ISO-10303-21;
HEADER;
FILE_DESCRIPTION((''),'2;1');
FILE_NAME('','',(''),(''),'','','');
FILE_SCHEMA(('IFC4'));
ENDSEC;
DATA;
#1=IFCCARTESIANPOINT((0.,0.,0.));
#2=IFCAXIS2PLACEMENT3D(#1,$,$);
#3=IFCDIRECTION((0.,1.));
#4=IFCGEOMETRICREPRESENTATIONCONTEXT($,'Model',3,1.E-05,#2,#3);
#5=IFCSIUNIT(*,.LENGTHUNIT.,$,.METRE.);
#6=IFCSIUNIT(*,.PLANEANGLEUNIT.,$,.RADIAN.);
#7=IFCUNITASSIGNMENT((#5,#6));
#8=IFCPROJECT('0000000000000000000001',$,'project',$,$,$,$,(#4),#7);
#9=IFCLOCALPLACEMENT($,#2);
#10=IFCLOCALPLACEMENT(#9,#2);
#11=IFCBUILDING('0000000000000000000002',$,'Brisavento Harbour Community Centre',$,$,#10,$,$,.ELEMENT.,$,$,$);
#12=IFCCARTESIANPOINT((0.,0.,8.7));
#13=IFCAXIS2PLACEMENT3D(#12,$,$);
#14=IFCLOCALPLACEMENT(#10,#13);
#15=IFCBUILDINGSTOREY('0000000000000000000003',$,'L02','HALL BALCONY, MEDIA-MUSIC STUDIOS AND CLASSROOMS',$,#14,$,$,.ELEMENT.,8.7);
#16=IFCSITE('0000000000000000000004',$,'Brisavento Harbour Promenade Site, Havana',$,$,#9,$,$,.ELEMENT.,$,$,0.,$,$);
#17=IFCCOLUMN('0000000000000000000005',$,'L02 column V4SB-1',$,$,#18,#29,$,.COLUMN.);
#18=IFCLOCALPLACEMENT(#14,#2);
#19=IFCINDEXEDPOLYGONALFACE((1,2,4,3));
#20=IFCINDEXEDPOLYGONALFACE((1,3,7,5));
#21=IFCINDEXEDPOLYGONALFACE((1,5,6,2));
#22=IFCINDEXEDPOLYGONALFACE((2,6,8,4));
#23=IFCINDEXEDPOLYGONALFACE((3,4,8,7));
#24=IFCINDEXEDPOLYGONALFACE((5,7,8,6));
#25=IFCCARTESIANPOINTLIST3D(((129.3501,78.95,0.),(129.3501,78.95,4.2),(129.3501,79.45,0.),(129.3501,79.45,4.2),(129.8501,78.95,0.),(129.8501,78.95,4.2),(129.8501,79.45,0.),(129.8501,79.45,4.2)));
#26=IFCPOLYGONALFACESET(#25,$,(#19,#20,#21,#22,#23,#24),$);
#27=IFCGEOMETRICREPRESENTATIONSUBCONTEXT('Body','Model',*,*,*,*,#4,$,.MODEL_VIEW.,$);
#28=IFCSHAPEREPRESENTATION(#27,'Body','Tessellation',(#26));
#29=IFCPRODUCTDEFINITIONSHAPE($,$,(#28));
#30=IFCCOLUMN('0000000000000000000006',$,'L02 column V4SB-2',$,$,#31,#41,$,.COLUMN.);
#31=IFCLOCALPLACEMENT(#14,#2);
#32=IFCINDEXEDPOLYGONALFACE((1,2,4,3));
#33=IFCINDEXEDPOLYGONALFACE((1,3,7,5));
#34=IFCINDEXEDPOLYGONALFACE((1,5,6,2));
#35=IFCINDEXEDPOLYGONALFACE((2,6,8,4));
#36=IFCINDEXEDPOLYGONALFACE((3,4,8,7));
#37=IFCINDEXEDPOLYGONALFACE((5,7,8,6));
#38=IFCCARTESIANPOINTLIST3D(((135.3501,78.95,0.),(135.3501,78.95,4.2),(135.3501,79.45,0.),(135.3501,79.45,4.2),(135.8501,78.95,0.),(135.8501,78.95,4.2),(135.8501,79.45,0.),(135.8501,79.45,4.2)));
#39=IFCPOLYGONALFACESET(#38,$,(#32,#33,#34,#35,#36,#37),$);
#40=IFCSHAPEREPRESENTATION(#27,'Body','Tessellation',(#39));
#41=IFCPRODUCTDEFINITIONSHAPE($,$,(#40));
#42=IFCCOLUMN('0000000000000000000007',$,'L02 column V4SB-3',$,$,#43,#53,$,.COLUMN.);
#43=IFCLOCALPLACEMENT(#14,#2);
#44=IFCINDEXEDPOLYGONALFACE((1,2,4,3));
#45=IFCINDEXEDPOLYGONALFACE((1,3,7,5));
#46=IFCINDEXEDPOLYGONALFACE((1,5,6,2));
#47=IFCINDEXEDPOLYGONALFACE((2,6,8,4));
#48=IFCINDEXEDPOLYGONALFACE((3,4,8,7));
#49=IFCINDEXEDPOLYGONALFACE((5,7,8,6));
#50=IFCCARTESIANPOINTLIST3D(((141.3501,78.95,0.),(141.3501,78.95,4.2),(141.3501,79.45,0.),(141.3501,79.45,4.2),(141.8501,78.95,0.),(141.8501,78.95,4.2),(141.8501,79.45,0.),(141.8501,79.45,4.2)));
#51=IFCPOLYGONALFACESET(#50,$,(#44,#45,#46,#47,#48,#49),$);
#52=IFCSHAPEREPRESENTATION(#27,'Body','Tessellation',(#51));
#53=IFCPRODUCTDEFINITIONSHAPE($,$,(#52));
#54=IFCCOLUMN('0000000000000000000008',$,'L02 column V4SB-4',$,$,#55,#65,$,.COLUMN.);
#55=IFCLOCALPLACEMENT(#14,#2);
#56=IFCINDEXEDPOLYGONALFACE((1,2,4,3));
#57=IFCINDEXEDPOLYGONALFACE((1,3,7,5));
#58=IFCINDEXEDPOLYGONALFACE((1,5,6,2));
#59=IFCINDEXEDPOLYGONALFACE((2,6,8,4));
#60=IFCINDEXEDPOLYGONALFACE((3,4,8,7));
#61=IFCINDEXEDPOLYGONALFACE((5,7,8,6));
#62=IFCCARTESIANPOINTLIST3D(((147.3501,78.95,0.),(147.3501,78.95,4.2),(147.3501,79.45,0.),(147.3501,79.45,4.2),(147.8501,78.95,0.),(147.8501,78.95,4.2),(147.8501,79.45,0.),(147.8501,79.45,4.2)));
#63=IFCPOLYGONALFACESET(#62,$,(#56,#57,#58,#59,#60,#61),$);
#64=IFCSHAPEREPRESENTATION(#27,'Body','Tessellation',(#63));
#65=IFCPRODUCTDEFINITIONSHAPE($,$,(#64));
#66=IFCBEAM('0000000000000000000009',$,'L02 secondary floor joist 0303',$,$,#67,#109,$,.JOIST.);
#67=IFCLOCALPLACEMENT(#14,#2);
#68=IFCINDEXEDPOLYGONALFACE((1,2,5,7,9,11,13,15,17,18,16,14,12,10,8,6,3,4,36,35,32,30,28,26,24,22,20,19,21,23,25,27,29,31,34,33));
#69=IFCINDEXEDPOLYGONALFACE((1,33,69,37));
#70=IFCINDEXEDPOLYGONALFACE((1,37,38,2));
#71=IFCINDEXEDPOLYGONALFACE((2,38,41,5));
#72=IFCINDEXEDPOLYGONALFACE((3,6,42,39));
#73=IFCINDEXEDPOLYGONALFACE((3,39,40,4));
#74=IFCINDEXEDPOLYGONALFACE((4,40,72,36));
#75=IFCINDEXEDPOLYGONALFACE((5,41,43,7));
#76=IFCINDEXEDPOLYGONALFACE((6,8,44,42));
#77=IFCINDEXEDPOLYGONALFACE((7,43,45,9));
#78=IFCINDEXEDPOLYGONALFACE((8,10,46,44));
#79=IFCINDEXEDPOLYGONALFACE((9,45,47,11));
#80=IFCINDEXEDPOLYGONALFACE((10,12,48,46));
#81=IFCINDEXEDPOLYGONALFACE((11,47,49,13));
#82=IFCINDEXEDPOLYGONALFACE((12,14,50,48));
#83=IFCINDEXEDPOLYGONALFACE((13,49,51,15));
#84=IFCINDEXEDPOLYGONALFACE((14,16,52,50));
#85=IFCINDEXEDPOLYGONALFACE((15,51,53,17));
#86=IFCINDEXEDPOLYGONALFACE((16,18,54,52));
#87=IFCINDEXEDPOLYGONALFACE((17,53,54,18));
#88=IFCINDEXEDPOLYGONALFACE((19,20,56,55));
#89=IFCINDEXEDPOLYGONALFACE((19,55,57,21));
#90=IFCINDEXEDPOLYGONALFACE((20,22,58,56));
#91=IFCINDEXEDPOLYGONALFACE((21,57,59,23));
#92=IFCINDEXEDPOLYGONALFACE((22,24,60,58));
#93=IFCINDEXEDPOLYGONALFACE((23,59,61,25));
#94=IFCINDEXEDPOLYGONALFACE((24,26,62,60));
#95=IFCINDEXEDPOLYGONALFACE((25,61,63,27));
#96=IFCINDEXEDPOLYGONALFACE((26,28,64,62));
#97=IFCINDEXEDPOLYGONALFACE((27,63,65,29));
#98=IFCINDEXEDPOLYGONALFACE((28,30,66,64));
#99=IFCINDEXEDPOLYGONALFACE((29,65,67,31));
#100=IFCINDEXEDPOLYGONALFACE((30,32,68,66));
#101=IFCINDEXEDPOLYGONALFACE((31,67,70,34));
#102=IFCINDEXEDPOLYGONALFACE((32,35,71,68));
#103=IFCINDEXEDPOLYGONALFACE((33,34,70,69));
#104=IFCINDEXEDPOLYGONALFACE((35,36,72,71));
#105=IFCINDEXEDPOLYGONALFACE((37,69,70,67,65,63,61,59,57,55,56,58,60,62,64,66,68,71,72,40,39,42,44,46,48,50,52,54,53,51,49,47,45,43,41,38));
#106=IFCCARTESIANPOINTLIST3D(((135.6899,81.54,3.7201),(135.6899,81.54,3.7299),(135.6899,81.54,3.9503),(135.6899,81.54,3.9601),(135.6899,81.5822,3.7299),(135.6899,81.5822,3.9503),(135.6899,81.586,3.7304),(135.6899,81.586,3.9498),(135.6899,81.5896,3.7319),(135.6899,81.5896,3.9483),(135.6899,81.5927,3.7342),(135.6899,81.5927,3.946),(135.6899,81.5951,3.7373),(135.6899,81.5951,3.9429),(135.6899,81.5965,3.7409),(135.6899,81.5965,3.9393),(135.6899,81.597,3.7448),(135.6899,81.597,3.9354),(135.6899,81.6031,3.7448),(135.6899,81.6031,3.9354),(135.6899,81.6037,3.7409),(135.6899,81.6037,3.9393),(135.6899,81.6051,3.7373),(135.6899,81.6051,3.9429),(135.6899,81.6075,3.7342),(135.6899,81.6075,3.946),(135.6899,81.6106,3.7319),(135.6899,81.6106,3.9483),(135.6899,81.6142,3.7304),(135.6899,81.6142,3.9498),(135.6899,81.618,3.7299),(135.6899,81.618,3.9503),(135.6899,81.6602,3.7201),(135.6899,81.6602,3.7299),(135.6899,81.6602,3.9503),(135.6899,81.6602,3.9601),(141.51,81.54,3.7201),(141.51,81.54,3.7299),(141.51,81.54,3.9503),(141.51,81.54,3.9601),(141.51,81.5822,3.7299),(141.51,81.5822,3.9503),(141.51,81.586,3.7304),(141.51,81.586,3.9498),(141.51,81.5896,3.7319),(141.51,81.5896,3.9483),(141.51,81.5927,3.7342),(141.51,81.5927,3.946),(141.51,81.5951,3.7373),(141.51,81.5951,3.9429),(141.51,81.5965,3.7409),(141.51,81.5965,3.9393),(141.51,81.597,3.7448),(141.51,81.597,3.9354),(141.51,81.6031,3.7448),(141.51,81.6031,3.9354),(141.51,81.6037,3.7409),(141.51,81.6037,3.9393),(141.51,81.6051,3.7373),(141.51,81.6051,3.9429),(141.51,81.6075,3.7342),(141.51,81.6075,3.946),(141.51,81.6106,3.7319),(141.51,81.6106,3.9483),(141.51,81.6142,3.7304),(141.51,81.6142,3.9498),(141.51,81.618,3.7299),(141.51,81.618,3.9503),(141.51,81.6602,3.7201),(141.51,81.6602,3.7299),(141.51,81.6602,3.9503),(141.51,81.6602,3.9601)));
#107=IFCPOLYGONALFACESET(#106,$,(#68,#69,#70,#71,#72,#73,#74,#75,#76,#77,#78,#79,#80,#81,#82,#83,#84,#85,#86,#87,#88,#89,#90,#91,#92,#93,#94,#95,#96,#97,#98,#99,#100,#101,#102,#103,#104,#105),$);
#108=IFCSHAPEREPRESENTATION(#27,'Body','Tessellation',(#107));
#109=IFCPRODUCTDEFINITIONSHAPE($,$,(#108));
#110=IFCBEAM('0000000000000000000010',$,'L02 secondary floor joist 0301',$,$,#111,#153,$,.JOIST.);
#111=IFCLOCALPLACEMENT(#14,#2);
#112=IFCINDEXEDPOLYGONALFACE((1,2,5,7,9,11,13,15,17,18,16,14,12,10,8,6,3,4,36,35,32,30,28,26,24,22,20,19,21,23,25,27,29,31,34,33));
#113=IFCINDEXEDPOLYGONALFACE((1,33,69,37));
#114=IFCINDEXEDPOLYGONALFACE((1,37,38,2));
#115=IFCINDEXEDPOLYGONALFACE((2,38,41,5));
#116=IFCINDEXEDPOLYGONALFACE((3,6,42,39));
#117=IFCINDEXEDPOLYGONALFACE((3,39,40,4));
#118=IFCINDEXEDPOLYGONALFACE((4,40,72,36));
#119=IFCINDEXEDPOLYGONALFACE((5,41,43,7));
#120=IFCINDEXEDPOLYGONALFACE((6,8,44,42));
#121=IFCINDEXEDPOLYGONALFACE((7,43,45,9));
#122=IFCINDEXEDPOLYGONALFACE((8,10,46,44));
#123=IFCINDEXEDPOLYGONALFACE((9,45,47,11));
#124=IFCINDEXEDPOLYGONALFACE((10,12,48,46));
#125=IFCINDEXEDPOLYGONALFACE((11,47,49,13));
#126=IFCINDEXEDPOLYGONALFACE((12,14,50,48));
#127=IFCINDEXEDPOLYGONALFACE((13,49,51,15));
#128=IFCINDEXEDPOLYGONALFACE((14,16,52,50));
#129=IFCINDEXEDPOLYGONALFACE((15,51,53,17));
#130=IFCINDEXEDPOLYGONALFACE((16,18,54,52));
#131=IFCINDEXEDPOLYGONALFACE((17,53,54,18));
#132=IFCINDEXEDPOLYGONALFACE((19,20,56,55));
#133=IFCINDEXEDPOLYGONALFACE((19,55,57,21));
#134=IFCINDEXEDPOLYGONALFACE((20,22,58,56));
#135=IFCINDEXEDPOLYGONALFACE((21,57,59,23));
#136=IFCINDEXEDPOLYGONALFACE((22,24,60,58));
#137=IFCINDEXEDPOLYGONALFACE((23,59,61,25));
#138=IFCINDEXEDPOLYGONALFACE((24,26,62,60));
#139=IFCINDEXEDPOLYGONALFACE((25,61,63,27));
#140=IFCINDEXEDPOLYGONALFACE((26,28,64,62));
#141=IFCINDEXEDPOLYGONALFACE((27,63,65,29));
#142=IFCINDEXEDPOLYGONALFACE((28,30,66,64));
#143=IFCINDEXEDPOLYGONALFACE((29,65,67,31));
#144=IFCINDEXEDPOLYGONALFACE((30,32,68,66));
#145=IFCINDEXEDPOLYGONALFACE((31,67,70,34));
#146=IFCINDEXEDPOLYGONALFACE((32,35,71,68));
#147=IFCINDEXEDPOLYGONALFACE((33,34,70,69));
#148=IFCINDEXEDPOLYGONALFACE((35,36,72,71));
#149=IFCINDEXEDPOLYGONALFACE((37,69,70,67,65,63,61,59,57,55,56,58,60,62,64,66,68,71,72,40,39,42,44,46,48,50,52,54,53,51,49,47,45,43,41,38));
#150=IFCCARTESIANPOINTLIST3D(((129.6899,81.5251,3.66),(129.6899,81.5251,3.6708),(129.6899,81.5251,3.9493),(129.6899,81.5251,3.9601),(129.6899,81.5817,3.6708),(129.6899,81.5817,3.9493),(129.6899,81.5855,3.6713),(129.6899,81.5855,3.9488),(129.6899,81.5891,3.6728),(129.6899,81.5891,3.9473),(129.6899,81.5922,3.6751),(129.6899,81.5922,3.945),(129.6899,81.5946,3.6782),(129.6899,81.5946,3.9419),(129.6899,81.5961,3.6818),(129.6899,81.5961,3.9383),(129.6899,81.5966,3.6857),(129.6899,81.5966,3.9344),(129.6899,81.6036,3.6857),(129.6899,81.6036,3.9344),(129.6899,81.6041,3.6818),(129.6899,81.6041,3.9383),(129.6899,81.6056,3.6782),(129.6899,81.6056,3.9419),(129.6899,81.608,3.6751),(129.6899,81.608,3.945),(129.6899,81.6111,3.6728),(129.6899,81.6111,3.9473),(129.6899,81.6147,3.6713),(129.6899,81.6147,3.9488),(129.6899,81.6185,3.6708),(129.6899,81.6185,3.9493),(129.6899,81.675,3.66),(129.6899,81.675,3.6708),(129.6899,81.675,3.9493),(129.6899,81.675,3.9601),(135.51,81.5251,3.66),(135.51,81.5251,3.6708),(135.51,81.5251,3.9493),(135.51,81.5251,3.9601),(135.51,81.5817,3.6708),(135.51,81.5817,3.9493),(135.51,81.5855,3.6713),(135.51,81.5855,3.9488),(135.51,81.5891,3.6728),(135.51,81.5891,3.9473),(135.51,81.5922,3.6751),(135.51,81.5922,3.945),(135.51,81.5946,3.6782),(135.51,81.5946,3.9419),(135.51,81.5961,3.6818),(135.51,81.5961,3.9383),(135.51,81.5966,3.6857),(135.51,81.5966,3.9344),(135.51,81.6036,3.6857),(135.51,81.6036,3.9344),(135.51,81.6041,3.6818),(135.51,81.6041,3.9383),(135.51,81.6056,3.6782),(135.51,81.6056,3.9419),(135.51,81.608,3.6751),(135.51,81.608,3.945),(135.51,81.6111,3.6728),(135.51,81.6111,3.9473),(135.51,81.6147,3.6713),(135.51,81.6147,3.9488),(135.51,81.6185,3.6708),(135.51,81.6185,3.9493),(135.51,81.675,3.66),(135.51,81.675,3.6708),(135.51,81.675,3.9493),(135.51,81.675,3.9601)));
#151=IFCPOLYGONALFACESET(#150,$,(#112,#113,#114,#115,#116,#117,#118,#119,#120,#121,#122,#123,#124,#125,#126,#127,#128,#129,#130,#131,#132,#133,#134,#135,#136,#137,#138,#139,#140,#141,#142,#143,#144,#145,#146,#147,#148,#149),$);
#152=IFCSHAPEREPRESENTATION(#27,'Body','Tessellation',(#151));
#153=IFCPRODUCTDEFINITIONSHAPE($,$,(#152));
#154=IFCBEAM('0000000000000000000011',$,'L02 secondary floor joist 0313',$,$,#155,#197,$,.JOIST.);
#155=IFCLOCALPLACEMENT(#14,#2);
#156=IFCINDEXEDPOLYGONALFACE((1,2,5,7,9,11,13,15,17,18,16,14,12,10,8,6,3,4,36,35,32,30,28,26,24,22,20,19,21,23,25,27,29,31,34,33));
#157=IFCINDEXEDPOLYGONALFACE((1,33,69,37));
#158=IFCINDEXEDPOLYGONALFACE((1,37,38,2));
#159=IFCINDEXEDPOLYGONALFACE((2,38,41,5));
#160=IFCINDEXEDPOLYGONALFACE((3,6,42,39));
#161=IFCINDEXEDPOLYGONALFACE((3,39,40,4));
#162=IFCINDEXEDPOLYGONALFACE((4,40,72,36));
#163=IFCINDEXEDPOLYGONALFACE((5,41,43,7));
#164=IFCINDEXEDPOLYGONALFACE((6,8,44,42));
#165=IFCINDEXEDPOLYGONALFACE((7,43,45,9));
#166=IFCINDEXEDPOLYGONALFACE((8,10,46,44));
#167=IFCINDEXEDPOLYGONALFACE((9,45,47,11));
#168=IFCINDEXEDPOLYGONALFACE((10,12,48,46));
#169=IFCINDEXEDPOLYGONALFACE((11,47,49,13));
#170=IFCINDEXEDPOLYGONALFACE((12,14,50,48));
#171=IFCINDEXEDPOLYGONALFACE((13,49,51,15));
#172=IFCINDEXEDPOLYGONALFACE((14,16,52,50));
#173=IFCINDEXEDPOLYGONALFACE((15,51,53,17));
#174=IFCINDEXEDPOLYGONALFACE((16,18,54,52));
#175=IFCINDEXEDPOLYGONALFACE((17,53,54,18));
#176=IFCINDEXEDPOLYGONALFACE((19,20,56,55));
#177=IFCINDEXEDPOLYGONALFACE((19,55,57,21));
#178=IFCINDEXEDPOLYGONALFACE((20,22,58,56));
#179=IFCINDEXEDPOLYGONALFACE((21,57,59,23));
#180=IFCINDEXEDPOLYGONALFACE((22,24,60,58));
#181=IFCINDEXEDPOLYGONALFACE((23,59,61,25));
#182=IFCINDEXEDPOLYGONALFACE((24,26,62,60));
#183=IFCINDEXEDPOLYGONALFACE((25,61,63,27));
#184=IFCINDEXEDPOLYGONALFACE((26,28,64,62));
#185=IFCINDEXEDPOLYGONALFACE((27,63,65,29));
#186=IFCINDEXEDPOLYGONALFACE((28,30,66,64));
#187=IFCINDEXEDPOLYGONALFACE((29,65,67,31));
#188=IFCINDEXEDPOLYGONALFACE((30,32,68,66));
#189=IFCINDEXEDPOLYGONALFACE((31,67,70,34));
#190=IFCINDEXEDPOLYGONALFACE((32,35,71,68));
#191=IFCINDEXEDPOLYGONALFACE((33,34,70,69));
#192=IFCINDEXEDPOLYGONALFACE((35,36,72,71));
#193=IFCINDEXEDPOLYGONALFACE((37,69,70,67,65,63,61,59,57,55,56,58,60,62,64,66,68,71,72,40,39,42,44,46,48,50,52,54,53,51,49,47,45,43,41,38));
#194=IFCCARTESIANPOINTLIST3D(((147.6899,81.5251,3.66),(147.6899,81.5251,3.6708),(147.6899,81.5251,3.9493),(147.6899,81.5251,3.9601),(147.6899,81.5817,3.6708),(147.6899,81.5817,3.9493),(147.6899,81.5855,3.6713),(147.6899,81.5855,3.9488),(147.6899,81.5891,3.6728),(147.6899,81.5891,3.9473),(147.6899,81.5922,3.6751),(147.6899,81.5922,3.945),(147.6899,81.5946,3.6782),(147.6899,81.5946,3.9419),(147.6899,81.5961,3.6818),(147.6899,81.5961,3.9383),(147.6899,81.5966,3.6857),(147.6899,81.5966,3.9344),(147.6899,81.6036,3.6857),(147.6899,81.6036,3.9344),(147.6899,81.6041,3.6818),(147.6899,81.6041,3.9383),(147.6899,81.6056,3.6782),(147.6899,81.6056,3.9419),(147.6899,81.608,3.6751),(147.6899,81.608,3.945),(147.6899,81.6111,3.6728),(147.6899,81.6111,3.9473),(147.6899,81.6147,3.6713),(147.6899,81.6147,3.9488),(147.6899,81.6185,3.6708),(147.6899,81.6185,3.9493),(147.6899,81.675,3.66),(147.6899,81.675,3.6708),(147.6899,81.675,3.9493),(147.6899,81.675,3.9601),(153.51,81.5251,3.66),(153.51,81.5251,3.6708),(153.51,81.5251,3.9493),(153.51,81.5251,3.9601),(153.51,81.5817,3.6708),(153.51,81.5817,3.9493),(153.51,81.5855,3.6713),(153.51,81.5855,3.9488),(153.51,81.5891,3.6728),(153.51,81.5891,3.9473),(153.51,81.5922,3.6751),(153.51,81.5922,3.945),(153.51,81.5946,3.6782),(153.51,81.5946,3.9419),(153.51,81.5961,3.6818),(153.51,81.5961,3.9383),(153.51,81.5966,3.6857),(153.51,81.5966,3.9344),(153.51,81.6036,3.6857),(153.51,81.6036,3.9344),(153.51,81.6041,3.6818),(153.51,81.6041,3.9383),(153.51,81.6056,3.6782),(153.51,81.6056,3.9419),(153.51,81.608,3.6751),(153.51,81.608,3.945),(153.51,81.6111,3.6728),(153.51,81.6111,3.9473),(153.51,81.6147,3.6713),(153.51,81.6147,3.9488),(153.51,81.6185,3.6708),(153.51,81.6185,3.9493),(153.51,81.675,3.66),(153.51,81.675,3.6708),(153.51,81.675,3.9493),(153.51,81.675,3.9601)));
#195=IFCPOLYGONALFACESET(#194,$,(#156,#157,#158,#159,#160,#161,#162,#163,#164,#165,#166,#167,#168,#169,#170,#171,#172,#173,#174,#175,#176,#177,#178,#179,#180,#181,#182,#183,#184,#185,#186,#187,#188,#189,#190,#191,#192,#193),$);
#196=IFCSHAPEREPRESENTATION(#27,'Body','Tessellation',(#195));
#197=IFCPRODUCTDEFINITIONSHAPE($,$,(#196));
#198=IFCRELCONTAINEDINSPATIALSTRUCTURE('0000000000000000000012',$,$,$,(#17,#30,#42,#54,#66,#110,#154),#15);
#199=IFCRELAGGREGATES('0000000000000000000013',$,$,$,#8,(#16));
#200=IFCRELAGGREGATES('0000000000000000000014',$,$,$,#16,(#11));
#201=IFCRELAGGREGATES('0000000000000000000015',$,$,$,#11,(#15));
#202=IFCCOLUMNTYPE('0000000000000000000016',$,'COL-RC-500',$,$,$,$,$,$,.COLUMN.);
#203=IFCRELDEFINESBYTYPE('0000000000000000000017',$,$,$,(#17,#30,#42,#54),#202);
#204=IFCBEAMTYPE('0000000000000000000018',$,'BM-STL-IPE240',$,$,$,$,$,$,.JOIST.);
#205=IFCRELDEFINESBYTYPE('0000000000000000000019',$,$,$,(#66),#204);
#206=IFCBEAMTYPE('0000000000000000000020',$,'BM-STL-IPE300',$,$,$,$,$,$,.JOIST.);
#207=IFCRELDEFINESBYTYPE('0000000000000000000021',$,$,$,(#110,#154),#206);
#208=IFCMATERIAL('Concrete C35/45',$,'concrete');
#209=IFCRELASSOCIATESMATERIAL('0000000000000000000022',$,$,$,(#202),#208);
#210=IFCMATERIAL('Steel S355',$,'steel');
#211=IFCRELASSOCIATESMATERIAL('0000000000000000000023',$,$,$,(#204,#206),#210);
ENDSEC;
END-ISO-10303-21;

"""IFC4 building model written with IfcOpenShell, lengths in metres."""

from ifc_helpers import new_model, si_unit, direction, frame, origin, origin_2d, place, context, subcontext, project, spatial, rectangle, i_section, extrude, material, material_profile, profile_set, type_object, element, save


model = new_model("IFC4")

# Units and contexts
model_context = context("Model", 3, precision=1e-05, world=origin(), true_north=direction((0.0, 1.0)))
body_context = subcontext(model_context, "Body", "Model", "MODEL_VIEW")
ifc_project = project(units=[si_unit("LENGTHUNIT", "METRE"), si_unit("PLANEANGLEUNIT", "RADIAN")], contexts=[model_context])

# Site, building, storey
site_placement = place(None, origin())
site = spatial("IfcSite", under=ifc_project, at=site_placement, Name="Brisavento Harbour Promenade Site, Havana", CompositionType="ELEMENT", RefElevation=0.0)
building_placement = place(site_placement, origin())
building = spatial("IfcBuilding", under=site, at=building_placement, Name="Brisavento Harbour Community Centre", CompositionType="ELEMENT")
storey_placement = place(building_placement, frame((0.0, 0.0, 8.7)))
storey = spatial("IfcBuildingStorey", under=building, at=storey_placement, Name="L02", Description="HALL BALCONY, MEDIA-MUSIC STUDIOS AND CLASSROOMS", CompositionType="ELEMENT", Elevation=8.7)

# Columns
ifc_material_1 = material(Name="Concrete C35/45", Category="concrete")
ifc_material_profile_1 = material_profile(ifc_material_1, rectangle(XDim=0.5, YDim=0.5, at=origin_2d()), Name="Concrete C35/45")
ifc_profile_set_1 = profile_set([ifc_material_profile_1], Name="Concrete C35/45")
column_type = type_object("IfcColumnType", Name="COL-RC-500", PredefinedType="COLUMN", material=ifc_profile_set_1)
for number, where, z_axis, x_axis, name in (
    (1, (129.6001, 79.2, 0.0), (0.0, 0.0, 1.0), (1.0, 0.0, 0.0), "L02 column V4SB-1"),
    (2, (135.6001, 79.2, 0.0), (0.0, 0.0, 1.0), (1.0, 0.0, 0.0), "L02 column V4SB-2"),
    (3, (141.6001, 79.2, 0.0), (0.0, 0.0, 1.0), (1.0, 0.0, 0.0), "L02 column V4SB-3"),
    (4, (147.6001, 79.2, 0.0), (0.0, 0.0, 1.0), (1.0, 0.0, 0.0), "L02 column V4SB-4"),
):
    element("IfcColumn", number, at=place(storey_placement, frame(where, z_axis=z_axis, x_axis=x_axis)), inside=storey, type_object=column_type, Name=name, PredefinedType="COLUMN", context=body_context, shape_type="SweptSolid", body=[
        extrude(rectangle(XDim=0.5, YDim=0.5, at=origin_2d()), origin(), (0.0, 0.0, 1.0), 4.2),
    ])

# Beams
ifc_material_2 = material(Name="Steel S355", Category="steel")
ifc_material_profile_2 = material_profile(ifc_material_2, i_section(OverallWidth=0.1201, OverallDepth=0.24, WebThickness=0.0061, FlangeThickness=0.0098, FilletRadius=0.0149, at=origin_2d()), Name="Steel S355")
ifc_profile_set_2 = profile_set([ifc_material_profile_2], Name="Steel S355")
beam_type_1 = type_object("IfcBeamType", Name="BM-STL-IPE240", PredefinedType="JOIST", material=ifc_profile_set_2)
beam_1_placement = place(storey_placement, frame((135.6899, 81.6001, 3.8401), z_axis=(1.0, 0.0, 0.0), x_axis=(0.0, 1.0, 0.0)))
element("IfcBeam", 5, at=beam_1_placement, inside=storey, type_object=beam_type_1, Name="L02 secondary floor joist 0303", PredefinedType="JOIST", context=body_context, shape_type="SweptSolid", body=[
    extrude(i_section(OverallWidth=0.1201, OverallDepth=0.24, WebThickness=0.0061, FlangeThickness=0.0098, FilletRadius=0.0149, at=origin_2d()), origin(), (0.0, 0.0, 1.0), 5.8201),
])
ifc_material_profile_3 = material_profile(ifc_material_2, i_section(OverallWidth=0.1499, OverallDepth=0.3, WebThickness=0.0071, FlangeThickness=0.0107, FilletRadius=0.0149, at=origin_2d()), Name="Steel S355")
ifc_profile_set_3 = profile_set([ifc_material_profile_3], Name="Steel S355")
beam_type_2 = type_object("IfcBeamType", Name="BM-STL-IPE300", PredefinedType="JOIST", material=ifc_profile_set_3)
for number, where, z_axis, x_axis, name in (
    (6, (129.6899, 81.6001, 3.8101), (1.0, 0.0, 0.0), (0.0, 1.0, 0.0), "L02 secondary floor joist 0301"),
    (7, (147.6899, 81.6001, 3.8101), (1.0, 0.0, 0.0), (0.0, 1.0, 0.0), "L02 secondary floor joist 0313"),
):
    element("IfcBeam", number, at=place(storey_placement, frame(where, z_axis=z_axis, x_axis=x_axis)), inside=storey, type_object=beam_type_2, Name=name, PredefinedType="JOIST", context=body_context, shape_type="SweptSolid", body=[
        extrude(i_section(OverallWidth=0.1499, OverallDepth=0.3, WebThickness=0.0071, FlangeThickness=0.0107, FilletRadius=0.0149, at=origin_2d()), origin(), (0.0, 0.0, 1.0), 5.8201),
    ])

save(model, "model.ifc")
